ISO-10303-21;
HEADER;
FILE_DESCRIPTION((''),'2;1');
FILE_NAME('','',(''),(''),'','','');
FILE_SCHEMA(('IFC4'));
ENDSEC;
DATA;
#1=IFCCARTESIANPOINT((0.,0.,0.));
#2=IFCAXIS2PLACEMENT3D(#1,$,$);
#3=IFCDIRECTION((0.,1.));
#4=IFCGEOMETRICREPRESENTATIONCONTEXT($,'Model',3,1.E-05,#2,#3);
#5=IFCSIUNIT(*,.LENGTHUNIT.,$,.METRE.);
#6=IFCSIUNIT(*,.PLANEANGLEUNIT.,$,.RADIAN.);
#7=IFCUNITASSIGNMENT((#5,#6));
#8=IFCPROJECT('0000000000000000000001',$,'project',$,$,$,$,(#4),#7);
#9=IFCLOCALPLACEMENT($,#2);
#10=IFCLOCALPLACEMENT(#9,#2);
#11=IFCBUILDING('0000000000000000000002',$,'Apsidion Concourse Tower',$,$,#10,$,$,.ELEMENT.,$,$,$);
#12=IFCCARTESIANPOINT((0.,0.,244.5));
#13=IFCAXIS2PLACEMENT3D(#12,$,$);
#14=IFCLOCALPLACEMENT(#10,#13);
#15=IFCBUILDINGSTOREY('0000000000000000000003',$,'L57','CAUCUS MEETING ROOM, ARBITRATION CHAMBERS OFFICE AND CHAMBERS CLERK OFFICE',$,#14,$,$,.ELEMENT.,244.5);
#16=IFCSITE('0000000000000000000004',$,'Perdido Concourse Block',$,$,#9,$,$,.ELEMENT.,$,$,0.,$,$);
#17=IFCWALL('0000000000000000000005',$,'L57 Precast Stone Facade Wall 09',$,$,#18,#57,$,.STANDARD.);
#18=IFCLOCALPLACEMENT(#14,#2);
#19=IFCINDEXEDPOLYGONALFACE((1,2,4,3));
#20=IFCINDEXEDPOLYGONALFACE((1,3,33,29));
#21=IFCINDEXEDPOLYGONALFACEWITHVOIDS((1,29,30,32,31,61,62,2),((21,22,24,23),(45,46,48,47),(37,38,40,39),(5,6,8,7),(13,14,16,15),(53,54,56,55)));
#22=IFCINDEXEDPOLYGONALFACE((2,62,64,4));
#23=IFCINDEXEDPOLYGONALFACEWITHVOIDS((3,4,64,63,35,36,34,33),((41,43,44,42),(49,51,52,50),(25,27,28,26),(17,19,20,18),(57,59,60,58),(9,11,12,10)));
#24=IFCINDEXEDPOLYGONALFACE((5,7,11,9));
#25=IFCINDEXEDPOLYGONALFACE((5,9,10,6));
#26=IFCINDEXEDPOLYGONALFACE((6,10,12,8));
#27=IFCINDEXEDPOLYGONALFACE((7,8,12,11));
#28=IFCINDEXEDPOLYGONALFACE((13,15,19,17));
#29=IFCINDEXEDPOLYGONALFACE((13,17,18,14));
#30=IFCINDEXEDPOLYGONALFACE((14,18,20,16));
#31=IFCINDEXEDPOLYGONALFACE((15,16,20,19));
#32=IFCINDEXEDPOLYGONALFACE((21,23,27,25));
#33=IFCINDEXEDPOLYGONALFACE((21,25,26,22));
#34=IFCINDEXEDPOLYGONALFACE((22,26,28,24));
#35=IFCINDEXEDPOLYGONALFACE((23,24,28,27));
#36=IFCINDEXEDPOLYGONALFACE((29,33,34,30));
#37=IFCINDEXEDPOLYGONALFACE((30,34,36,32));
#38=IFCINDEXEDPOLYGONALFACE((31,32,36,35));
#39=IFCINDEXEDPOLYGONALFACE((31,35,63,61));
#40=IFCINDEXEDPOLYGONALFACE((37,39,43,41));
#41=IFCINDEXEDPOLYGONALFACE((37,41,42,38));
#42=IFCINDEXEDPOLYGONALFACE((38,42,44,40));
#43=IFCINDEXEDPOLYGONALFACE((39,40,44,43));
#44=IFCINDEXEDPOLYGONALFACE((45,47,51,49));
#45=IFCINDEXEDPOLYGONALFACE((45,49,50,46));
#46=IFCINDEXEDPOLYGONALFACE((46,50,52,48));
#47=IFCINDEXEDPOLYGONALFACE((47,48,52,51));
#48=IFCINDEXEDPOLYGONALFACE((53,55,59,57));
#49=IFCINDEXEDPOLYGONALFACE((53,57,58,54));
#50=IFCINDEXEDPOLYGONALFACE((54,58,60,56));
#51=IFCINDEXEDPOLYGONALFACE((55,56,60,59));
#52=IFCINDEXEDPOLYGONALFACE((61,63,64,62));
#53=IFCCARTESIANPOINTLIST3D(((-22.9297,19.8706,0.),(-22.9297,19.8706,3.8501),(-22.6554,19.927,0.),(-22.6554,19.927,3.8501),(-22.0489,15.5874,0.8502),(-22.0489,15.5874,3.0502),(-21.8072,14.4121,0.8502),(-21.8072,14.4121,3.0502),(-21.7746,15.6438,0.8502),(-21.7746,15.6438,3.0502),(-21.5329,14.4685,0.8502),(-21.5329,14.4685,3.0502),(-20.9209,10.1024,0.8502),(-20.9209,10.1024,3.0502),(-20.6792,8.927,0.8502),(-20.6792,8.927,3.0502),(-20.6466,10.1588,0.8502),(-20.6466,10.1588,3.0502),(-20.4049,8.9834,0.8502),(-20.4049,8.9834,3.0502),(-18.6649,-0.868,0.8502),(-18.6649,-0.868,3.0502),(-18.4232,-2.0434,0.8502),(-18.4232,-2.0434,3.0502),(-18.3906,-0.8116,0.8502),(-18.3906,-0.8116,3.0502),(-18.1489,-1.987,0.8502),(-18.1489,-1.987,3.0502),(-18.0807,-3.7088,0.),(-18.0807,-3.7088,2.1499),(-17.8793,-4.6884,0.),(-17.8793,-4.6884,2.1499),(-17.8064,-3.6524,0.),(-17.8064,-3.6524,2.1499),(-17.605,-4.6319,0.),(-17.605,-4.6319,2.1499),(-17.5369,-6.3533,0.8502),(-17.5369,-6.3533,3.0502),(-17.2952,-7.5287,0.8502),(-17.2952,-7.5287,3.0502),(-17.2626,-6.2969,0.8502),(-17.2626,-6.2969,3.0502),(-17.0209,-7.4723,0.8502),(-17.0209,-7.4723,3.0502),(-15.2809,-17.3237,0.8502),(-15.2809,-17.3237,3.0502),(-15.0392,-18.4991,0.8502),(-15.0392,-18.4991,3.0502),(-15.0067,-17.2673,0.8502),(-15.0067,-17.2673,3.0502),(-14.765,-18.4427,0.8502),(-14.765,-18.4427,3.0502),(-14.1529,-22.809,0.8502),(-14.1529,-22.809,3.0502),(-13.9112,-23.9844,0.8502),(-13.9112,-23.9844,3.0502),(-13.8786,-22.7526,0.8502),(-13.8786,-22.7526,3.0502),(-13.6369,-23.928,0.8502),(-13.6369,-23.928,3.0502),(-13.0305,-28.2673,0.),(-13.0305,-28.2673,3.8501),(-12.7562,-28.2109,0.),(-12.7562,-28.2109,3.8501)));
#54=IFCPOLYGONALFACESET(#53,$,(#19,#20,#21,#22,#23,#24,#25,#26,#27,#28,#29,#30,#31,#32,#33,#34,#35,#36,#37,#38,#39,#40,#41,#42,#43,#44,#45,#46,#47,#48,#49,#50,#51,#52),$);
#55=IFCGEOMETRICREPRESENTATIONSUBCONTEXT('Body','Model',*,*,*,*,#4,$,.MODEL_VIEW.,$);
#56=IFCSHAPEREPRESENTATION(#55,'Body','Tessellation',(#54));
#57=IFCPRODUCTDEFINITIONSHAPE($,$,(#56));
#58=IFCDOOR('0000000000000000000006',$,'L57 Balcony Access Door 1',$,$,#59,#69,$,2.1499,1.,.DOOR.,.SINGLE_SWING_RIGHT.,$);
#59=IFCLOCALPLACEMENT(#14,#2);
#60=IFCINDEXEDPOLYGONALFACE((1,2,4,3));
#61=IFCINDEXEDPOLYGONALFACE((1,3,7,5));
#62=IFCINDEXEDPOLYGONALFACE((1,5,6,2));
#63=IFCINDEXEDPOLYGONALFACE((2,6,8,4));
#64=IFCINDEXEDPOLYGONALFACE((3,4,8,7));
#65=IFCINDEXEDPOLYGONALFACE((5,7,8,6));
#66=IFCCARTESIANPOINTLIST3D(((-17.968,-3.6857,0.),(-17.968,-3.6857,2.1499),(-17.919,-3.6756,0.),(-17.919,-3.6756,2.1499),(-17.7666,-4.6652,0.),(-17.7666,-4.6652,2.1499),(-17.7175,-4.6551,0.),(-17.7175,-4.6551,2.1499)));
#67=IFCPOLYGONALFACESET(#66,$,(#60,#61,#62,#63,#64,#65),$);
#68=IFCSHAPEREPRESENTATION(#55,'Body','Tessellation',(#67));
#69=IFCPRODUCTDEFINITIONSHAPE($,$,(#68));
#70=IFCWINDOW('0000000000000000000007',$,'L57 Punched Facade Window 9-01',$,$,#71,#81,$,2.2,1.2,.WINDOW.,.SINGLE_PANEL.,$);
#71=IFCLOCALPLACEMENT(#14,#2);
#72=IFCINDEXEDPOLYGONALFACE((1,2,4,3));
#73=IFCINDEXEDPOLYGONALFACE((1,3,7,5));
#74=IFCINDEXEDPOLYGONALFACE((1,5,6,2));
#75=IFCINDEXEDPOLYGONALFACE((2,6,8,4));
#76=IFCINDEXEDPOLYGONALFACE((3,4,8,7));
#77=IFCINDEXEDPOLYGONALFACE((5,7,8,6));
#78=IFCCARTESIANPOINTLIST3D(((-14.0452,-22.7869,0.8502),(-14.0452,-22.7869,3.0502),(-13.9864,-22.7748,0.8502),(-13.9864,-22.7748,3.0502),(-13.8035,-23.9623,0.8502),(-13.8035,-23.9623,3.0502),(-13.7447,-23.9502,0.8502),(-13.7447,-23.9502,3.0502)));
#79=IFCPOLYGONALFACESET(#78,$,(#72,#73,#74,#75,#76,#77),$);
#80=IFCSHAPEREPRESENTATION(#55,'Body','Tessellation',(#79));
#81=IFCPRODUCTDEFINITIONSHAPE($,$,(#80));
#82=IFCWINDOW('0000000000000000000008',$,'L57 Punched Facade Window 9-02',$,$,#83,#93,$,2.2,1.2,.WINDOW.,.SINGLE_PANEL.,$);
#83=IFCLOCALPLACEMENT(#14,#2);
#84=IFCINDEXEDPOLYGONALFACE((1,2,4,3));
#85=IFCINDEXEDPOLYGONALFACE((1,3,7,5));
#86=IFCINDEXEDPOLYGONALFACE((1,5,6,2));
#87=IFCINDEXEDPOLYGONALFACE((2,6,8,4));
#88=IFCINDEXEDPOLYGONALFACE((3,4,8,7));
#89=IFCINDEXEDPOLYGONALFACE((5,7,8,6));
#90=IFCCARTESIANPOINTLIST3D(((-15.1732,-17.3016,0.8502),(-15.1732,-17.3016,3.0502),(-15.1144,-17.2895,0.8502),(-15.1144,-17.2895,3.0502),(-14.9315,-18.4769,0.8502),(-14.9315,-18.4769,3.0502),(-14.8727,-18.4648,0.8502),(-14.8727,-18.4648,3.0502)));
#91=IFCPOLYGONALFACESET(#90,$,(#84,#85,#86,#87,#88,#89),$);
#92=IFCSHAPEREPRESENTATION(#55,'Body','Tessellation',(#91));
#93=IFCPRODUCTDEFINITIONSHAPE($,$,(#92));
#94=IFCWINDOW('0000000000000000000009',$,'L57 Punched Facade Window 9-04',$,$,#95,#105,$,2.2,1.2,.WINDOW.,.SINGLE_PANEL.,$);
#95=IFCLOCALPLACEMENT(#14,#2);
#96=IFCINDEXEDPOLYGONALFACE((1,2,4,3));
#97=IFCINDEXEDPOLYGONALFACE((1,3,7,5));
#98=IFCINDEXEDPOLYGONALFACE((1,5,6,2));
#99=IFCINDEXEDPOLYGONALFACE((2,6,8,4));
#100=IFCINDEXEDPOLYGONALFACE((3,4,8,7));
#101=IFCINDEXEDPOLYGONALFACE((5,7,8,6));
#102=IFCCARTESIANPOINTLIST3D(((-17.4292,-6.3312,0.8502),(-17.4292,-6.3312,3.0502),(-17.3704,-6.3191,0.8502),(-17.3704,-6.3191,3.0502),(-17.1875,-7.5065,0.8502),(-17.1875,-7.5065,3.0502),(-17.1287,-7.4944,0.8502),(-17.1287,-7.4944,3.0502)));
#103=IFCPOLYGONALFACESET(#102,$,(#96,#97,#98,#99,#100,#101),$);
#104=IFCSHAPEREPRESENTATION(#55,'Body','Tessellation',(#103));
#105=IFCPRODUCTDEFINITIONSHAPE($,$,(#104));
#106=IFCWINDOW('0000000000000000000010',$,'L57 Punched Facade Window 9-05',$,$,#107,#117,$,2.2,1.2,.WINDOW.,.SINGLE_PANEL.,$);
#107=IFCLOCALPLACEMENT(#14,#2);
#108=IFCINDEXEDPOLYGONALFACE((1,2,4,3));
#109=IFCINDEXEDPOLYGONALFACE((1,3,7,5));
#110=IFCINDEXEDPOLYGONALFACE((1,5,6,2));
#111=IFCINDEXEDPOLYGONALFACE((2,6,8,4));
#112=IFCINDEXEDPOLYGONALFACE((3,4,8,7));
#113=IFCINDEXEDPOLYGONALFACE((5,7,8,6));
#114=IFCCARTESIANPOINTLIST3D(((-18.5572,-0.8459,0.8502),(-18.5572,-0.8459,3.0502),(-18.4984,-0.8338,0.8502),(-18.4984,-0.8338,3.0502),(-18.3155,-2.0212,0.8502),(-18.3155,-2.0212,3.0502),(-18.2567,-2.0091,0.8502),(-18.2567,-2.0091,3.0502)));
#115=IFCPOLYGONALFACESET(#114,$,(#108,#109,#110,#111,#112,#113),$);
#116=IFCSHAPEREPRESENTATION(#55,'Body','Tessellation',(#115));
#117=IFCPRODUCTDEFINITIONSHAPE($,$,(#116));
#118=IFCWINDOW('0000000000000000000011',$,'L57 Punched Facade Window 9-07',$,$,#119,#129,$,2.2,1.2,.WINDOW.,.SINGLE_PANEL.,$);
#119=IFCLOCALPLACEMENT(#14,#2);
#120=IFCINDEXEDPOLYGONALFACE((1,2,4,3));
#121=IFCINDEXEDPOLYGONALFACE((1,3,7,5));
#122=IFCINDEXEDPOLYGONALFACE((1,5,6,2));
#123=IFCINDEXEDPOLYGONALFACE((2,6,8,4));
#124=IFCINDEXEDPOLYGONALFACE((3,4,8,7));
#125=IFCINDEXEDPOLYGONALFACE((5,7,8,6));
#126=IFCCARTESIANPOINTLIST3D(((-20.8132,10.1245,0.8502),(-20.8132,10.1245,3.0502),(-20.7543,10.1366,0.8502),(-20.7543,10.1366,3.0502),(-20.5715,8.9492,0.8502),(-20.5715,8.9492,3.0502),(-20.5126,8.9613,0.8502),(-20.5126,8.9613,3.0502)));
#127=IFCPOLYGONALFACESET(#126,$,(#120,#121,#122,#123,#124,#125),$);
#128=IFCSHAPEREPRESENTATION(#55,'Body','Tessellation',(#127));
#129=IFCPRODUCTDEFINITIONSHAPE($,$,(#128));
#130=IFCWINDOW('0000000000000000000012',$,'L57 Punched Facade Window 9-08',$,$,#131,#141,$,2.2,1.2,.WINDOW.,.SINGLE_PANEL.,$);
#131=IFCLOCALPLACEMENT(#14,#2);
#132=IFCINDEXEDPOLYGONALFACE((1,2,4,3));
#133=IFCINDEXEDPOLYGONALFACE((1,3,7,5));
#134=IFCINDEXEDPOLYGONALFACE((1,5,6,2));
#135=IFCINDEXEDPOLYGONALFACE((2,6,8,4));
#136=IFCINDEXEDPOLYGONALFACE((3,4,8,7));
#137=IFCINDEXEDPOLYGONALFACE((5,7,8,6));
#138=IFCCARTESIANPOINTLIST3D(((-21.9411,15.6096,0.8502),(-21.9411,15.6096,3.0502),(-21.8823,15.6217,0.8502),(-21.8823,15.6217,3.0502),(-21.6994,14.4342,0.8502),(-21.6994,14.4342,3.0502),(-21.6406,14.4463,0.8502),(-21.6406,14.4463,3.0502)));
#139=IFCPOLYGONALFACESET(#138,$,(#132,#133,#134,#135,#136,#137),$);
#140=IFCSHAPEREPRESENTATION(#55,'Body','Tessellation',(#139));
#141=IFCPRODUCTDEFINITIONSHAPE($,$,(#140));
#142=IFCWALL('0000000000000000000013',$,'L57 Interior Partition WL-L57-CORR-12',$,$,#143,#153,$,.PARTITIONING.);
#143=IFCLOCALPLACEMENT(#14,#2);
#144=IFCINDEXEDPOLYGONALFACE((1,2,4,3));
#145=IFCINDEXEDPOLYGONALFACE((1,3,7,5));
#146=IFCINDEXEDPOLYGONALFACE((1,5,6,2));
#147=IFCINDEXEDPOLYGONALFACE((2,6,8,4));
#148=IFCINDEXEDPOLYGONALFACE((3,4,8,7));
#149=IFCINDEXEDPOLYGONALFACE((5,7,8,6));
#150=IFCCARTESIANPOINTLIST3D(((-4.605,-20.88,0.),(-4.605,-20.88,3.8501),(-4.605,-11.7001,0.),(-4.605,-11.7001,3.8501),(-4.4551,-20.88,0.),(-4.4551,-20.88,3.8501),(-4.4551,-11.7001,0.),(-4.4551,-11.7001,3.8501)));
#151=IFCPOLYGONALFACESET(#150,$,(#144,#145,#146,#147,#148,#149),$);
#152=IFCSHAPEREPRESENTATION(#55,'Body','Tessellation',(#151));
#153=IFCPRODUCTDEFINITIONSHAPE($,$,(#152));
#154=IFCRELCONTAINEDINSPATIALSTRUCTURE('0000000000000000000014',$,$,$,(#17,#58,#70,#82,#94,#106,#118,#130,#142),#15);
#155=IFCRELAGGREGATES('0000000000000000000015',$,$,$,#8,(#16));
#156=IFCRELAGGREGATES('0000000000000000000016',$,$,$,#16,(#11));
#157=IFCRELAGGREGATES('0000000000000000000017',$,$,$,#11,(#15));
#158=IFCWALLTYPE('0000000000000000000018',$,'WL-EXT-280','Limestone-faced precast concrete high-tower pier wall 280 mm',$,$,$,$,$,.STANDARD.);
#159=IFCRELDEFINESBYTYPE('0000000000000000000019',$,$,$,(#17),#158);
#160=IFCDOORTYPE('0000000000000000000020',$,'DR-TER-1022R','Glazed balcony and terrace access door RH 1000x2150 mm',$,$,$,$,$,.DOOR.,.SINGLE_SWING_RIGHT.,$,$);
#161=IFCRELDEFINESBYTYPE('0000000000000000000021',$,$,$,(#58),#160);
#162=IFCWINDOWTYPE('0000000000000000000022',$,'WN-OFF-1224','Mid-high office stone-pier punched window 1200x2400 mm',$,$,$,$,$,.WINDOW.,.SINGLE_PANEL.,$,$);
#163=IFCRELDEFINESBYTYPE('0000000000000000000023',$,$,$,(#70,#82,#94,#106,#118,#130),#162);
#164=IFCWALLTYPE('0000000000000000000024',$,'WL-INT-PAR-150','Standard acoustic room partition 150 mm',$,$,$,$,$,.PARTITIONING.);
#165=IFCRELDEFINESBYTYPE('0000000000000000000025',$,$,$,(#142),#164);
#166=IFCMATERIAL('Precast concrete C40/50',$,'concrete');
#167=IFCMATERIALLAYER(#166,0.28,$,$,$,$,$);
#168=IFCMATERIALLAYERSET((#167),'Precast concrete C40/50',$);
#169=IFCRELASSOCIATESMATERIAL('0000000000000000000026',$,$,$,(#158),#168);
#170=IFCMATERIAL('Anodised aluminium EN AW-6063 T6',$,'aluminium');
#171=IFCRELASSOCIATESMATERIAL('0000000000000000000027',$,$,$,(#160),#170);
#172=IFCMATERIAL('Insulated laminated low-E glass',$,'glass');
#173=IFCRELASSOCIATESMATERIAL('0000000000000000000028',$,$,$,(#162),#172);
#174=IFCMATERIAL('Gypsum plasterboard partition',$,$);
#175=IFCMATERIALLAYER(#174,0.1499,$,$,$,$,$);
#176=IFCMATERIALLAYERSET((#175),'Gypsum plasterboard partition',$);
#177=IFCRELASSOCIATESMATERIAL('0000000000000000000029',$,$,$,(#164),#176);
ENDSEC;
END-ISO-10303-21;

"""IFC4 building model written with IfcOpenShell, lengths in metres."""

from ifc_helpers import new_model, si_unit, direction, frame, frame_2d, origin, place, context, subcontext, project, spatial, rectangle, extrude, material, layer, layer_set, type_object, element, fill, save


model = new_model("IFC4")

# Units and contexts
model_context = context("Model", 3, precision=1e-05, world=origin(), true_north=direction((0.0, 1.0)))
body_context = subcontext(model_context, "Body", "Model", "MODEL_VIEW")
ifc_project = project(units=[si_unit("LENGTHUNIT", "METRE"), si_unit("PLANEANGLEUNIT", "RADIAN")], contexts=[model_context])

# Site, building, storey
site_placement = place(None, origin())
site = spatial("IfcSite", under=ifc_project, at=site_placement, Name="Perdido Concourse Block", CompositionType="ELEMENT", RefElevation=0.0)
building_placement = place(site_placement, origin())
building = spatial("IfcBuilding", under=site, at=building_placement, Name="Apsidion Concourse Tower", CompositionType="ELEMENT")
storey_placement = place(building_placement, frame((0.0, 0.0, 244.5)))
storey = spatial("IfcBuildingStorey", under=building, at=storey_placement, Name="L57", Description="CAUCUS MEETING ROOM, ARBITRATION CHAMBERS OFFICE AND CHAMBERS CLERK OFFICE", CompositionType="ELEMENT", Elevation=244.5)

# Shared definitions
ifc_material_1 = material(Name="Precast concrete C40/50", Category="concrete")
ifc_layer_1 = layer(ifc_material_1, 0.28)
ifc_layer_set_1 = layer_set([ifc_layer_1], Name="Precast concrete C40/50")
wall_type_1 = type_object("IfcWallType", Name="WL-EXT-280", Description="Limestone-faced precast concrete high-tower pier wall 280 mm", PredefinedType="STANDARD", material=ifc_layer_set_1)

# Wall, openings, door, windows
wall_1_placement = place(storey_placement, frame((-12.8933, -28.2393, 0.0), z_axis=(0.0, 0.0, 1.0), x_axis=(-0.201427, 0.979504, 0.0)))
wall_1 = element("IfcWall", 1, at=wall_1_placement, inside=storey, type_object=wall_type_1, Name="L57 Precast Stone Facade Wall 09", PredefinedType="STANDARD", context=body_context, shape_type="SweptSolid", body=[
    extrude(rectangle(XDim=49.1453, YDim=0.28, at=frame_2d((24.5728, 0.0))), origin(), (0.0, 0.0, 1.0), 3.8501),
])
opening_1_placement = place(wall_1_placement, frame((24.0725, 0.0, 0.0)))
opening_1 = element("IfcOpeningElement", 2, at=opening_1_placement, cuts=wall_1, PredefinedType="OPENING", context=body_context, shape_type="SweptSolid", body=[
    extrude(rectangle(XDim=1.0, YDim=2.1499, at=frame_2d((0.5, 1.075))), frame((0.0, 0.1499, 0.0), z_axis=(0.0, -1.0, 0.0), x_axis=(1.0, 0.0, 0.0)), (0.0, 0.0, 1.0), 0.3),
])
opening_2_placement = place(wall_1_placement, frame((4.3726, 0.0, 0.8501)))
opening_2 = element("IfcOpeningElement", 3, at=opening_2_placement, cuts=wall_1, PredefinedType="OPENING", context=body_context, shape_type="SweptSolid", body=[
    extrude(rectangle(XDim=1.2, YDim=2.2, at=frame_2d((0.6001, 1.1001))), frame((0.0, 0.1499, 0.0), z_axis=(0.0, -1.0, 0.0), x_axis=(1.0, 0.0, 0.0)), (0.0, 0.0, 1.0), 0.3),
])
opening_3_placement = place(wall_1_placement, frame((9.9727, 0.0, 0.8501)))
opening_3 = element("IfcOpeningElement", 4, at=opening_3_placement, cuts=wall_1, PredefinedType="OPENING", context=body_context, shape_type="SweptSolid", body=[
    extrude(rectangle(XDim=1.2, YDim=2.2, at=frame_2d((0.6001, 1.1001))), frame((0.0, 0.1499, 0.0), z_axis=(0.0, -1.0, 0.0), x_axis=(1.0, 0.0, 0.0)), (0.0, 0.0, 1.0), 0.3),
])
opening_4_placement = place(wall_1_placement, frame((21.1726, 0.0, 0.8501)))
opening_4 = element("IfcOpeningElement", 5, at=opening_4_placement, cuts=wall_1, PredefinedType="OPENING", context=body_context, shape_type="SweptSolid", body=[
    extrude(rectangle(XDim=1.2, YDim=2.2, at=frame_2d((0.6001, 1.1001))), frame((0.0, 0.1499, 0.0), z_axis=(0.0, -1.0, 0.0), x_axis=(1.0, 0.0, 0.0)), (0.0, 0.0, 1.0), 0.3),
])
opening_5_placement = place(wall_1_placement, frame((26.7727, 0.0, 0.8501)))
opening_5 = element("IfcOpeningElement", 6, at=opening_5_placement, cuts=wall_1, PredefinedType="OPENING", context=body_context, shape_type="SweptSolid", body=[
    extrude(rectangle(XDim=1.2, YDim=2.2, at=frame_2d((0.6001, 1.1001))), frame((0.0, 0.1499, 0.0), z_axis=(0.0, -1.0, 0.0), x_axis=(1.0, 0.0, 0.0)), (0.0, 0.0, 1.0), 0.3),
])
opening_6_placement = place(wall_1_placement, frame((37.9727, 0.0, 0.8501)))
opening_6 = element("IfcOpeningElement", 7, at=opening_6_placement, cuts=wall_1, PredefinedType="OPENING", context=body_context, shape_type="SweptSolid", body=[
    extrude(rectangle(XDim=1.2, YDim=2.2, at=frame_2d((0.6001, 1.1001))), frame((0.0, 0.1499, 0.0), z_axis=(0.0, -1.0, 0.0), x_axis=(1.0, 0.0, 0.0)), (0.0, 0.0, 1.0), 0.3),
])
opening_7_placement = place(wall_1_placement, frame((43.5725, 0.0, 0.8501)))
opening_7 = element("IfcOpeningElement", 8, at=opening_7_placement, cuts=wall_1, PredefinedType="OPENING", context=body_context, shape_type="SweptSolid", body=[
    extrude(rectangle(XDim=1.2, YDim=2.2, at=frame_2d((0.6001, 1.1001))), frame((0.0, 0.1499, 0.0), z_axis=(0.0, -1.0, 0.0), x_axis=(1.0, 0.0, 0.0)), (0.0, 0.0, 1.0), 0.3),
])
ifc_material_2 = material(Name="Anodised aluminium EN AW-6063 T6", Category="aluminium")
door_type = type_object("IfcDoorType", Name="DR-TER-1022R", Description="Glazed balcony and terrace access door RH 1000x2150 mm", OperationType="SINGLE_SWING_RIGHT", PredefinedType="DOOR", material=ifc_material_2)
door_placement = place(opening_1_placement, origin())
door = element("IfcDoor", 9, at=door_placement, inside=storey, type_object=door_type, Name="L57 Balcony Access Door 1", OperationType="SINGLE_SWING_RIGHT", OverallHeight=2.1499, OverallWidth=1.0, PredefinedType="DOOR", context=body_context, shape_type="SweptSolid", body=[
    extrude(rectangle(XDim=1.0, YDim=2.1499, at=frame_2d((0.5, 1.075))), frame((0.0, 0.0249, 0.0), z_axis=(0.0, -1.0, 0.0), x_axis=(1.0, 0.0, 0.0)), (0.0, 0.0, 1.0), 0.05),
])
fill(opening_1, door)
ifc_material_3 = material(Name="Insulated laminated low-E glass", Category="glass")
window_type = type_object("IfcWindowType", Name="WN-OFF-1224", Description="Mid-high office stone-pier punched window 1200x2400 mm", PartitioningType="SINGLE_PANEL", PredefinedType="WINDOW", material=ifc_material_3)
window_1_placement = place(opening_2_placement, origin())
window_1 = element("IfcWindow", 10, at=window_1_placement, inside=storey, type_object=window_type, Name="L57 Punched Facade Window 9-01", OverallHeight=2.2, OverallWidth=1.2, PartitioningType="SINGLE_PANEL", PredefinedType="WINDOW", context=body_context, shape_type="SweptSolid", body=[
    extrude(rectangle(XDim=1.2, YDim=2.2, at=frame_2d((0.6001, 1.1001))), frame((0.0, 0.03, 0.0), z_axis=(0.0, -1.0, 0.0), x_axis=(1.0, 0.0, 0.0)), (0.0, 0.0, 1.0), 0.0601),
])
fill(opening_2, window_1)
window_2_placement = place(opening_3_placement, origin())
window_2 = element("IfcWindow", 11, at=window_2_placement, inside=storey, type_object=window_type, Name="L57 Punched Facade Window 9-02", OverallHeight=2.2, OverallWidth=1.2, PartitioningType="SINGLE_PANEL", PredefinedType="WINDOW", context=body_context, shape_type="SweptSolid", body=[
    extrude(rectangle(XDim=1.2, YDim=2.2, at=frame_2d((0.6001, 1.1001))), frame((0.0, 0.03, 0.0), z_axis=(0.0, -1.0, 0.0), x_axis=(1.0, 0.0, 0.0)), (0.0, 0.0, 1.0), 0.0601),
])
fill(opening_3, window_2)
window_3_placement = place(opening_4_placement, origin())
window_3 = element("IfcWindow", 12, at=window_3_placement, inside=storey, type_object=window_type, Name="L57 Punched Facade Window 9-04", OverallHeight=2.2, OverallWidth=1.2, PartitioningType="SINGLE_PANEL", PredefinedType="WINDOW", context=body_context, shape_type="SweptSolid", body=[
    extrude(rectangle(XDim=1.2, YDim=2.2, at=frame_2d((0.6001, 1.1001))), frame((0.0, 0.03, 0.0), z_axis=(0.0, -1.0, 0.0), x_axis=(1.0, 0.0, 0.0)), (0.0, 0.0, 1.0), 0.0601),
])
fill(opening_4, window_3)
window_4_placement = place(opening_5_placement, origin())
window_4 = element("IfcWindow", 13, at=window_4_placement, inside=storey, type_object=window_type, Name="L57 Punched Facade Window 9-05", OverallHeight=2.2, OverallWidth=1.2, PartitioningType="SINGLE_PANEL", PredefinedType="WINDOW", context=body_context, shape_type="SweptSolid", body=[
    extrude(rectangle(XDim=1.2, YDim=2.2, at=frame_2d((0.6001, 1.1001))), frame((0.0, 0.03, 0.0), z_axis=(0.0, -1.0, 0.0), x_axis=(1.0, 0.0, 0.0)), (0.0, 0.0, 1.0), 0.0601),
])
fill(opening_5, window_4)
window_5_placement = place(opening_6_placement, origin())
window_5 = element("IfcWindow", 14, at=window_5_placement, inside=storey, type_object=window_type, Name="L57 Punched Facade Window 9-07", OverallHeight=2.2, OverallWidth=1.2, PartitioningType="SINGLE_PANEL", PredefinedType="WINDOW", context=body_context, shape_type="SweptSolid", body=[
    extrude(rectangle(XDim=1.2, YDim=2.2, at=frame_2d((0.6001, 1.1001))), frame((0.0, 0.03, 0.0), z_axis=(0.0, -1.0, 0.0), x_axis=(1.0, 0.0, 0.0)), (0.0, 0.0, 1.0), 0.0601),
])
fill(opening_6, window_5)
window_6_placement = place(opening_7_placement, origin())
window_6 = element("IfcWindow", 15, at=window_6_placement, inside=storey, type_object=window_type, Name="L57 Punched Facade Window 9-08", OverallHeight=2.2, OverallWidth=1.2, PartitioningType="SINGLE_PANEL", PredefinedType="WINDOW", context=body_context, shape_type="SweptSolid", body=[
    extrude(rectangle(XDim=1.2, YDim=2.2, at=frame_2d((0.6001, 1.1001))), frame((0.0, 0.03, 0.0), z_axis=(0.0, -1.0, 0.0), x_axis=(1.0, 0.0, 0.0)), (0.0, 0.0, 1.0), 0.0601),
])
fill(opening_7, window_6)

# Wall
ifc_material_4 = material(Name="Gypsum plasterboard partition")
ifc_layer_2 = layer(ifc_material_4, 0.1499)
ifc_layer_set_2 = layer_set([ifc_layer_2], Name="Gypsum plasterboard partition")
wall_type_2 = type_object("IfcWallType", Name="WL-INT-PAR-150", Description="Standard acoustic room partition 150 mm", PredefinedType="PARTITIONING", material=ifc_layer_set_2)
wall_2_placement = place(storey_placement, frame((-4.53, -20.8799, 0.0), z_axis=(0.0, 0.0, 1.0), x_axis=(0.0, 1.0, 0.0)))
element("IfcWall", 16, at=wall_2_placement, inside=storey, type_object=wall_type_2, Name="L57 Interior Partition WL-L57-CORR-12", PredefinedType="PARTITIONING", context=body_context, shape_type="SweptSolid", body=[
    extrude(rectangle(XDim=9.1799, YDim=0.1499, at=frame_2d((4.5898, 0.0))), origin(), (0.0, 0.0, 1.0), 3.8501),
])

save(model, "model.ifc")
